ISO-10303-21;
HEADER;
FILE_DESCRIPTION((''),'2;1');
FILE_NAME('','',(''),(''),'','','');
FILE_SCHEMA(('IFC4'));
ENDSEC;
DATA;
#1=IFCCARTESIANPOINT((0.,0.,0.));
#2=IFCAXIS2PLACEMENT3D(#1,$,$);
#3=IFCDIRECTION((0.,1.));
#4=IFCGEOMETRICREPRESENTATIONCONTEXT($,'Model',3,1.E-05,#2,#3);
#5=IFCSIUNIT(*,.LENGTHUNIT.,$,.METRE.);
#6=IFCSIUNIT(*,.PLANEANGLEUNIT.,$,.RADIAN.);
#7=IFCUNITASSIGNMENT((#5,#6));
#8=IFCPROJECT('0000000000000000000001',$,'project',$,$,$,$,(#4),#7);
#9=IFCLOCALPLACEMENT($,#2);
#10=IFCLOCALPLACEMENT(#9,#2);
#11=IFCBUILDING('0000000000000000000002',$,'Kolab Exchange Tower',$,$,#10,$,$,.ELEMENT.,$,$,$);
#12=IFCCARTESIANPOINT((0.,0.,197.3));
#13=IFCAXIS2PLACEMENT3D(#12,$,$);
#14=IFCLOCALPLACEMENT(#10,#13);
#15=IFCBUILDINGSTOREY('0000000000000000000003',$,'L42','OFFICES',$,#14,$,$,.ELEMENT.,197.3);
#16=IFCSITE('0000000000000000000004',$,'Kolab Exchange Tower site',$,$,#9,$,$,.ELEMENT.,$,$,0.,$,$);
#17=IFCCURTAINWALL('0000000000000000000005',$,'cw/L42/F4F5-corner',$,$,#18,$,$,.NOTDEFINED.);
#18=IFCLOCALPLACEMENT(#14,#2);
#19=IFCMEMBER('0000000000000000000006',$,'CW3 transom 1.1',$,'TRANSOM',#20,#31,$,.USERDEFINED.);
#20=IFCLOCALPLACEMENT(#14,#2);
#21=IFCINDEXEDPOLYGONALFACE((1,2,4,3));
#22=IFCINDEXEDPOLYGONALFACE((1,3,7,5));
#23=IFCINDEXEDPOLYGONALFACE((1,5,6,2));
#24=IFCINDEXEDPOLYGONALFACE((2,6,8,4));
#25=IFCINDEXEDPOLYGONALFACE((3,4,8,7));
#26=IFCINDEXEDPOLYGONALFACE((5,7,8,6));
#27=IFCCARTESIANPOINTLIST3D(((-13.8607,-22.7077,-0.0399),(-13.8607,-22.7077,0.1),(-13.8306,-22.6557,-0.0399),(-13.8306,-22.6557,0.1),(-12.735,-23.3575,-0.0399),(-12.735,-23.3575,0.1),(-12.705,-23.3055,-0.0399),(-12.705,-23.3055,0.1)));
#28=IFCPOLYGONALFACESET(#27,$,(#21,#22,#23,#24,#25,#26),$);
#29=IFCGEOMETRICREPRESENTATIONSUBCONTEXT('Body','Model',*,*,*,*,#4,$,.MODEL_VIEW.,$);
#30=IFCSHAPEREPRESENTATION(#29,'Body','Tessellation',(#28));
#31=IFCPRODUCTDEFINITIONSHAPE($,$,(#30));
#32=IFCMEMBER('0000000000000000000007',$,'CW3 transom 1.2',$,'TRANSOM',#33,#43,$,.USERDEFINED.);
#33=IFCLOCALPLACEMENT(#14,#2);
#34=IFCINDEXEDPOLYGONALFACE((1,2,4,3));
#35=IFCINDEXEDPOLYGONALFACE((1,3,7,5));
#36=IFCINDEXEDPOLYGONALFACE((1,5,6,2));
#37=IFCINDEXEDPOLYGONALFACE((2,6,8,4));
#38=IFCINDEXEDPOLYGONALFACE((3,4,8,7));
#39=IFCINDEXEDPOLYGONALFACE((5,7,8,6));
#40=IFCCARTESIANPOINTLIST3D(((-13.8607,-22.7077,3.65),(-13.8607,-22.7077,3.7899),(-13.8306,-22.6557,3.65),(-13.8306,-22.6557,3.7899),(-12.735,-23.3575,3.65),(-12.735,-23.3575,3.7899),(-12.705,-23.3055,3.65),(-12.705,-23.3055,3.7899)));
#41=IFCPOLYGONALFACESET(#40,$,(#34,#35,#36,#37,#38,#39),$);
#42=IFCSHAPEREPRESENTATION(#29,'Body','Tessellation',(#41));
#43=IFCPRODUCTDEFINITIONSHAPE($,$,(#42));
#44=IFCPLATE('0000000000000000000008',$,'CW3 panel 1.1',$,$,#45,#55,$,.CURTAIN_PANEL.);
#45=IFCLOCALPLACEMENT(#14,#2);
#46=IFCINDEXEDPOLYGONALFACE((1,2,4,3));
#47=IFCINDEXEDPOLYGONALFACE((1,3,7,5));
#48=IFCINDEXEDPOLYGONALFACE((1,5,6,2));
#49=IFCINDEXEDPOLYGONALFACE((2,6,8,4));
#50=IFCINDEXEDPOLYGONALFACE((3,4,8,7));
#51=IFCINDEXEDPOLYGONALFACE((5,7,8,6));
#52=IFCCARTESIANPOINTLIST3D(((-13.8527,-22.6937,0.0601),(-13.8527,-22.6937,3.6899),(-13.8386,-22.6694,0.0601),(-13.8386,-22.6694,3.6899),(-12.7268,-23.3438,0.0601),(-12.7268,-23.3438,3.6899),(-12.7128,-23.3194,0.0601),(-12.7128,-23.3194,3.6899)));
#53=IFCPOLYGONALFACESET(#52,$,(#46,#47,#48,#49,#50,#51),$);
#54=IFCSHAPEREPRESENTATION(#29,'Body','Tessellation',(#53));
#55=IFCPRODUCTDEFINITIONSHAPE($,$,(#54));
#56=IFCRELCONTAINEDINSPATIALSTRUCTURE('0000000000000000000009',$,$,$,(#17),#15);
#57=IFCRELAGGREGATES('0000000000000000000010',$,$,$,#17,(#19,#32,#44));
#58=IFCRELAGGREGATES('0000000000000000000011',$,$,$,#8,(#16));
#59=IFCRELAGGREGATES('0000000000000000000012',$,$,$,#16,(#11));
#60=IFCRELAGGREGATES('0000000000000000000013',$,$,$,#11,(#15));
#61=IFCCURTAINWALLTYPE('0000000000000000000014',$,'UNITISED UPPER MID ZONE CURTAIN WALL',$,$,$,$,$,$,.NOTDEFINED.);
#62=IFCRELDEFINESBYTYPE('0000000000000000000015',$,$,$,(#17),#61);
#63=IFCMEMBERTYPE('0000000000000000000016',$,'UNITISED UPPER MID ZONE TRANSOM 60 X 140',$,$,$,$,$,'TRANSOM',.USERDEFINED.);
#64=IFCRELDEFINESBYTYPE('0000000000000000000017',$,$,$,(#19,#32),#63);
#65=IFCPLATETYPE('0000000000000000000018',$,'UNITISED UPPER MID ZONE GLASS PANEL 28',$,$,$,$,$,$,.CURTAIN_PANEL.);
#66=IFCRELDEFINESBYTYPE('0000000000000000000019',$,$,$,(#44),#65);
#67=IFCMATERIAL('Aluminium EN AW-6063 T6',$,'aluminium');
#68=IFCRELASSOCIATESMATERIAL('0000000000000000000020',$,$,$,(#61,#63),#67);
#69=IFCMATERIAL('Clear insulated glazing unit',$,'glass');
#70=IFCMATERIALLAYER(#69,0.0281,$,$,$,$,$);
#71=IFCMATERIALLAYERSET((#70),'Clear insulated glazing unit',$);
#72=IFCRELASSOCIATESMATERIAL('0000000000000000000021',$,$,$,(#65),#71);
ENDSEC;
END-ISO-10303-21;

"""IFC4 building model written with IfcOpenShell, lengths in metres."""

from ifc_helpers import new_model, si_unit, direction, frame, origin, origin_2d, place, context, subcontext, project, spatial, rectangle, extrude, material, layer, layer_set, material_profile, profile_set, type_object, element, aggregate, save


model = new_model("IFC4")

# Units and contexts
model_context = context("Model", 3, precision=1e-05, world=origin(), true_north=direction((0.0, 1.0)))
body_context = subcontext(model_context, "Body", "Model", "MODEL_VIEW")
ifc_project = project(units=[si_unit("LENGTHUNIT", "METRE"), si_unit("PLANEANGLEUNIT", "RADIAN")], contexts=[model_context])

# Site, building, storey
site_placement = place(None, origin())
site = spatial("IfcSite", under=ifc_project, at=site_placement, Name="Kolab Exchange Tower site", CompositionType="ELEMENT", RefElevation=0.0)
building_placement = place(site_placement, origin())
building = spatial("IfcBuilding", under=site, at=building_placement, Name="Kolab Exchange Tower", CompositionType="ELEMENT")
storey_placement = place(building_placement, frame((0.0, 0.0, 197.3)))
storey = spatial("IfcBuildingStorey", under=building, at=storey_placement, Name="L42", Description="OFFICES", CompositionType="ELEMENT", Elevation=197.3)

# Shared definitions
ifc_material_1 = material(Name="Aluminium EN AW-6063 T6", Category="aluminium")
curtain_wall_type = type_object("IfcCurtainWallType", Name="UNITISED UPPER MID ZONE CURTAIN WALL", PredefinedType="NOTDEFINED", material=ifc_material_1)

# Curtain wall
curtain_wall_1_placement = place(storey_placement, origin())
curtain_wall_1 = element("IfcCurtainWall", 1, at=curtain_wall_1_placement, inside=storey, type_object=curtain_wall_type, Name="cw/L42/F4F5-corner", PredefinedType="NOTDEFINED")

# Members
ifc_material_profile_1 = material_profile(ifc_material_1, rectangle(XDim=0.0601, YDim=0.1399, at=origin_2d()), Name="RECT 60X140")
ifc_profile_set_1 = profile_set([ifc_material_profile_1], Name="Aluminium EN AW-6063 T6")
member_type_1 = type_object("IfcMemberType", Name="UNITISED UPPER MID ZONE TRANSOM 60 X 140", ElementType="TRANSOM", PredefinedType="USERDEFINED", material=ifc_profile_set_1)
member_1_placement = place(storey_placement, frame((-12.72, -23.3315, 0.03), z_axis=(-0.866039, 0.499977, 0.0), x_axis=(-0.499977, -0.866039, 0.0)))
member_1 = element("IfcMember", 2, at=member_1_placement, type_object=member_type_1, Name="CW3 transom 1.1", ObjectType="TRANSOM", PredefinedType="USERDEFINED", context=body_context, shape_type="SweptSolid", body=[
    extrude(rectangle(XDim=0.0601, YDim=0.1399, at=origin_2d()), origin(), (0.0, 0.0, 1.0), 1.2998),
])
member_2_placement = place(storey_placement, frame((-12.72, -23.3315, 3.72), z_axis=(-0.866039, 0.499977, 0.0), x_axis=(-0.499977, -0.866039, 0.0)))
member_2 = element("IfcMember", 3, at=member_2_placement, type_object=member_type_1, Name="CW3 transom 1.2", ObjectType="TRANSOM", PredefinedType="USERDEFINED", context=body_context, shape_type="SweptSolid", body=[
    extrude(rectangle(XDim=0.0601, YDim=0.1399, at=origin_2d()), origin(), (0.0, 0.0, 1.0), 1.2998),
])

# Plate
ifc_material_2 = material(Name="Clear insulated glazing unit", Category="glass")
ifc_layer = layer(ifc_material_2, 0.0281)
ifc_layer_set = layer_set([ifc_layer], Name="Clear insulated glazing unit")
plate_type = type_object("IfcPlateType", Name="UNITISED UPPER MID ZONE GLASS PANEL 28", PredefinedType="CURTAIN_PANEL", material=ifc_layer_set)
plate_placement = place(storey_placement, frame((-13.2827, -23.0066, 0.0601), z_axis=(0.0, 0.0, 1.0), x_axis=(-0.866025, 0.5, 0.0)))
plate = element("IfcPlate", 4, at=plate_placement, type_object=plate_type, Name="CW3 panel 1.1", PredefinedType="CURTAIN_PANEL", context=body_context, shape_type="SweptSolid", body=[
    extrude(rectangle(XDim=1.3, YDim=0.0281, at=origin_2d()), origin(), (0.0, 0.0, 1.0), 3.6299),
])
aggregate(curtain_wall_1, [member_1, member_2, plate])

save(model, "model.ifc")
